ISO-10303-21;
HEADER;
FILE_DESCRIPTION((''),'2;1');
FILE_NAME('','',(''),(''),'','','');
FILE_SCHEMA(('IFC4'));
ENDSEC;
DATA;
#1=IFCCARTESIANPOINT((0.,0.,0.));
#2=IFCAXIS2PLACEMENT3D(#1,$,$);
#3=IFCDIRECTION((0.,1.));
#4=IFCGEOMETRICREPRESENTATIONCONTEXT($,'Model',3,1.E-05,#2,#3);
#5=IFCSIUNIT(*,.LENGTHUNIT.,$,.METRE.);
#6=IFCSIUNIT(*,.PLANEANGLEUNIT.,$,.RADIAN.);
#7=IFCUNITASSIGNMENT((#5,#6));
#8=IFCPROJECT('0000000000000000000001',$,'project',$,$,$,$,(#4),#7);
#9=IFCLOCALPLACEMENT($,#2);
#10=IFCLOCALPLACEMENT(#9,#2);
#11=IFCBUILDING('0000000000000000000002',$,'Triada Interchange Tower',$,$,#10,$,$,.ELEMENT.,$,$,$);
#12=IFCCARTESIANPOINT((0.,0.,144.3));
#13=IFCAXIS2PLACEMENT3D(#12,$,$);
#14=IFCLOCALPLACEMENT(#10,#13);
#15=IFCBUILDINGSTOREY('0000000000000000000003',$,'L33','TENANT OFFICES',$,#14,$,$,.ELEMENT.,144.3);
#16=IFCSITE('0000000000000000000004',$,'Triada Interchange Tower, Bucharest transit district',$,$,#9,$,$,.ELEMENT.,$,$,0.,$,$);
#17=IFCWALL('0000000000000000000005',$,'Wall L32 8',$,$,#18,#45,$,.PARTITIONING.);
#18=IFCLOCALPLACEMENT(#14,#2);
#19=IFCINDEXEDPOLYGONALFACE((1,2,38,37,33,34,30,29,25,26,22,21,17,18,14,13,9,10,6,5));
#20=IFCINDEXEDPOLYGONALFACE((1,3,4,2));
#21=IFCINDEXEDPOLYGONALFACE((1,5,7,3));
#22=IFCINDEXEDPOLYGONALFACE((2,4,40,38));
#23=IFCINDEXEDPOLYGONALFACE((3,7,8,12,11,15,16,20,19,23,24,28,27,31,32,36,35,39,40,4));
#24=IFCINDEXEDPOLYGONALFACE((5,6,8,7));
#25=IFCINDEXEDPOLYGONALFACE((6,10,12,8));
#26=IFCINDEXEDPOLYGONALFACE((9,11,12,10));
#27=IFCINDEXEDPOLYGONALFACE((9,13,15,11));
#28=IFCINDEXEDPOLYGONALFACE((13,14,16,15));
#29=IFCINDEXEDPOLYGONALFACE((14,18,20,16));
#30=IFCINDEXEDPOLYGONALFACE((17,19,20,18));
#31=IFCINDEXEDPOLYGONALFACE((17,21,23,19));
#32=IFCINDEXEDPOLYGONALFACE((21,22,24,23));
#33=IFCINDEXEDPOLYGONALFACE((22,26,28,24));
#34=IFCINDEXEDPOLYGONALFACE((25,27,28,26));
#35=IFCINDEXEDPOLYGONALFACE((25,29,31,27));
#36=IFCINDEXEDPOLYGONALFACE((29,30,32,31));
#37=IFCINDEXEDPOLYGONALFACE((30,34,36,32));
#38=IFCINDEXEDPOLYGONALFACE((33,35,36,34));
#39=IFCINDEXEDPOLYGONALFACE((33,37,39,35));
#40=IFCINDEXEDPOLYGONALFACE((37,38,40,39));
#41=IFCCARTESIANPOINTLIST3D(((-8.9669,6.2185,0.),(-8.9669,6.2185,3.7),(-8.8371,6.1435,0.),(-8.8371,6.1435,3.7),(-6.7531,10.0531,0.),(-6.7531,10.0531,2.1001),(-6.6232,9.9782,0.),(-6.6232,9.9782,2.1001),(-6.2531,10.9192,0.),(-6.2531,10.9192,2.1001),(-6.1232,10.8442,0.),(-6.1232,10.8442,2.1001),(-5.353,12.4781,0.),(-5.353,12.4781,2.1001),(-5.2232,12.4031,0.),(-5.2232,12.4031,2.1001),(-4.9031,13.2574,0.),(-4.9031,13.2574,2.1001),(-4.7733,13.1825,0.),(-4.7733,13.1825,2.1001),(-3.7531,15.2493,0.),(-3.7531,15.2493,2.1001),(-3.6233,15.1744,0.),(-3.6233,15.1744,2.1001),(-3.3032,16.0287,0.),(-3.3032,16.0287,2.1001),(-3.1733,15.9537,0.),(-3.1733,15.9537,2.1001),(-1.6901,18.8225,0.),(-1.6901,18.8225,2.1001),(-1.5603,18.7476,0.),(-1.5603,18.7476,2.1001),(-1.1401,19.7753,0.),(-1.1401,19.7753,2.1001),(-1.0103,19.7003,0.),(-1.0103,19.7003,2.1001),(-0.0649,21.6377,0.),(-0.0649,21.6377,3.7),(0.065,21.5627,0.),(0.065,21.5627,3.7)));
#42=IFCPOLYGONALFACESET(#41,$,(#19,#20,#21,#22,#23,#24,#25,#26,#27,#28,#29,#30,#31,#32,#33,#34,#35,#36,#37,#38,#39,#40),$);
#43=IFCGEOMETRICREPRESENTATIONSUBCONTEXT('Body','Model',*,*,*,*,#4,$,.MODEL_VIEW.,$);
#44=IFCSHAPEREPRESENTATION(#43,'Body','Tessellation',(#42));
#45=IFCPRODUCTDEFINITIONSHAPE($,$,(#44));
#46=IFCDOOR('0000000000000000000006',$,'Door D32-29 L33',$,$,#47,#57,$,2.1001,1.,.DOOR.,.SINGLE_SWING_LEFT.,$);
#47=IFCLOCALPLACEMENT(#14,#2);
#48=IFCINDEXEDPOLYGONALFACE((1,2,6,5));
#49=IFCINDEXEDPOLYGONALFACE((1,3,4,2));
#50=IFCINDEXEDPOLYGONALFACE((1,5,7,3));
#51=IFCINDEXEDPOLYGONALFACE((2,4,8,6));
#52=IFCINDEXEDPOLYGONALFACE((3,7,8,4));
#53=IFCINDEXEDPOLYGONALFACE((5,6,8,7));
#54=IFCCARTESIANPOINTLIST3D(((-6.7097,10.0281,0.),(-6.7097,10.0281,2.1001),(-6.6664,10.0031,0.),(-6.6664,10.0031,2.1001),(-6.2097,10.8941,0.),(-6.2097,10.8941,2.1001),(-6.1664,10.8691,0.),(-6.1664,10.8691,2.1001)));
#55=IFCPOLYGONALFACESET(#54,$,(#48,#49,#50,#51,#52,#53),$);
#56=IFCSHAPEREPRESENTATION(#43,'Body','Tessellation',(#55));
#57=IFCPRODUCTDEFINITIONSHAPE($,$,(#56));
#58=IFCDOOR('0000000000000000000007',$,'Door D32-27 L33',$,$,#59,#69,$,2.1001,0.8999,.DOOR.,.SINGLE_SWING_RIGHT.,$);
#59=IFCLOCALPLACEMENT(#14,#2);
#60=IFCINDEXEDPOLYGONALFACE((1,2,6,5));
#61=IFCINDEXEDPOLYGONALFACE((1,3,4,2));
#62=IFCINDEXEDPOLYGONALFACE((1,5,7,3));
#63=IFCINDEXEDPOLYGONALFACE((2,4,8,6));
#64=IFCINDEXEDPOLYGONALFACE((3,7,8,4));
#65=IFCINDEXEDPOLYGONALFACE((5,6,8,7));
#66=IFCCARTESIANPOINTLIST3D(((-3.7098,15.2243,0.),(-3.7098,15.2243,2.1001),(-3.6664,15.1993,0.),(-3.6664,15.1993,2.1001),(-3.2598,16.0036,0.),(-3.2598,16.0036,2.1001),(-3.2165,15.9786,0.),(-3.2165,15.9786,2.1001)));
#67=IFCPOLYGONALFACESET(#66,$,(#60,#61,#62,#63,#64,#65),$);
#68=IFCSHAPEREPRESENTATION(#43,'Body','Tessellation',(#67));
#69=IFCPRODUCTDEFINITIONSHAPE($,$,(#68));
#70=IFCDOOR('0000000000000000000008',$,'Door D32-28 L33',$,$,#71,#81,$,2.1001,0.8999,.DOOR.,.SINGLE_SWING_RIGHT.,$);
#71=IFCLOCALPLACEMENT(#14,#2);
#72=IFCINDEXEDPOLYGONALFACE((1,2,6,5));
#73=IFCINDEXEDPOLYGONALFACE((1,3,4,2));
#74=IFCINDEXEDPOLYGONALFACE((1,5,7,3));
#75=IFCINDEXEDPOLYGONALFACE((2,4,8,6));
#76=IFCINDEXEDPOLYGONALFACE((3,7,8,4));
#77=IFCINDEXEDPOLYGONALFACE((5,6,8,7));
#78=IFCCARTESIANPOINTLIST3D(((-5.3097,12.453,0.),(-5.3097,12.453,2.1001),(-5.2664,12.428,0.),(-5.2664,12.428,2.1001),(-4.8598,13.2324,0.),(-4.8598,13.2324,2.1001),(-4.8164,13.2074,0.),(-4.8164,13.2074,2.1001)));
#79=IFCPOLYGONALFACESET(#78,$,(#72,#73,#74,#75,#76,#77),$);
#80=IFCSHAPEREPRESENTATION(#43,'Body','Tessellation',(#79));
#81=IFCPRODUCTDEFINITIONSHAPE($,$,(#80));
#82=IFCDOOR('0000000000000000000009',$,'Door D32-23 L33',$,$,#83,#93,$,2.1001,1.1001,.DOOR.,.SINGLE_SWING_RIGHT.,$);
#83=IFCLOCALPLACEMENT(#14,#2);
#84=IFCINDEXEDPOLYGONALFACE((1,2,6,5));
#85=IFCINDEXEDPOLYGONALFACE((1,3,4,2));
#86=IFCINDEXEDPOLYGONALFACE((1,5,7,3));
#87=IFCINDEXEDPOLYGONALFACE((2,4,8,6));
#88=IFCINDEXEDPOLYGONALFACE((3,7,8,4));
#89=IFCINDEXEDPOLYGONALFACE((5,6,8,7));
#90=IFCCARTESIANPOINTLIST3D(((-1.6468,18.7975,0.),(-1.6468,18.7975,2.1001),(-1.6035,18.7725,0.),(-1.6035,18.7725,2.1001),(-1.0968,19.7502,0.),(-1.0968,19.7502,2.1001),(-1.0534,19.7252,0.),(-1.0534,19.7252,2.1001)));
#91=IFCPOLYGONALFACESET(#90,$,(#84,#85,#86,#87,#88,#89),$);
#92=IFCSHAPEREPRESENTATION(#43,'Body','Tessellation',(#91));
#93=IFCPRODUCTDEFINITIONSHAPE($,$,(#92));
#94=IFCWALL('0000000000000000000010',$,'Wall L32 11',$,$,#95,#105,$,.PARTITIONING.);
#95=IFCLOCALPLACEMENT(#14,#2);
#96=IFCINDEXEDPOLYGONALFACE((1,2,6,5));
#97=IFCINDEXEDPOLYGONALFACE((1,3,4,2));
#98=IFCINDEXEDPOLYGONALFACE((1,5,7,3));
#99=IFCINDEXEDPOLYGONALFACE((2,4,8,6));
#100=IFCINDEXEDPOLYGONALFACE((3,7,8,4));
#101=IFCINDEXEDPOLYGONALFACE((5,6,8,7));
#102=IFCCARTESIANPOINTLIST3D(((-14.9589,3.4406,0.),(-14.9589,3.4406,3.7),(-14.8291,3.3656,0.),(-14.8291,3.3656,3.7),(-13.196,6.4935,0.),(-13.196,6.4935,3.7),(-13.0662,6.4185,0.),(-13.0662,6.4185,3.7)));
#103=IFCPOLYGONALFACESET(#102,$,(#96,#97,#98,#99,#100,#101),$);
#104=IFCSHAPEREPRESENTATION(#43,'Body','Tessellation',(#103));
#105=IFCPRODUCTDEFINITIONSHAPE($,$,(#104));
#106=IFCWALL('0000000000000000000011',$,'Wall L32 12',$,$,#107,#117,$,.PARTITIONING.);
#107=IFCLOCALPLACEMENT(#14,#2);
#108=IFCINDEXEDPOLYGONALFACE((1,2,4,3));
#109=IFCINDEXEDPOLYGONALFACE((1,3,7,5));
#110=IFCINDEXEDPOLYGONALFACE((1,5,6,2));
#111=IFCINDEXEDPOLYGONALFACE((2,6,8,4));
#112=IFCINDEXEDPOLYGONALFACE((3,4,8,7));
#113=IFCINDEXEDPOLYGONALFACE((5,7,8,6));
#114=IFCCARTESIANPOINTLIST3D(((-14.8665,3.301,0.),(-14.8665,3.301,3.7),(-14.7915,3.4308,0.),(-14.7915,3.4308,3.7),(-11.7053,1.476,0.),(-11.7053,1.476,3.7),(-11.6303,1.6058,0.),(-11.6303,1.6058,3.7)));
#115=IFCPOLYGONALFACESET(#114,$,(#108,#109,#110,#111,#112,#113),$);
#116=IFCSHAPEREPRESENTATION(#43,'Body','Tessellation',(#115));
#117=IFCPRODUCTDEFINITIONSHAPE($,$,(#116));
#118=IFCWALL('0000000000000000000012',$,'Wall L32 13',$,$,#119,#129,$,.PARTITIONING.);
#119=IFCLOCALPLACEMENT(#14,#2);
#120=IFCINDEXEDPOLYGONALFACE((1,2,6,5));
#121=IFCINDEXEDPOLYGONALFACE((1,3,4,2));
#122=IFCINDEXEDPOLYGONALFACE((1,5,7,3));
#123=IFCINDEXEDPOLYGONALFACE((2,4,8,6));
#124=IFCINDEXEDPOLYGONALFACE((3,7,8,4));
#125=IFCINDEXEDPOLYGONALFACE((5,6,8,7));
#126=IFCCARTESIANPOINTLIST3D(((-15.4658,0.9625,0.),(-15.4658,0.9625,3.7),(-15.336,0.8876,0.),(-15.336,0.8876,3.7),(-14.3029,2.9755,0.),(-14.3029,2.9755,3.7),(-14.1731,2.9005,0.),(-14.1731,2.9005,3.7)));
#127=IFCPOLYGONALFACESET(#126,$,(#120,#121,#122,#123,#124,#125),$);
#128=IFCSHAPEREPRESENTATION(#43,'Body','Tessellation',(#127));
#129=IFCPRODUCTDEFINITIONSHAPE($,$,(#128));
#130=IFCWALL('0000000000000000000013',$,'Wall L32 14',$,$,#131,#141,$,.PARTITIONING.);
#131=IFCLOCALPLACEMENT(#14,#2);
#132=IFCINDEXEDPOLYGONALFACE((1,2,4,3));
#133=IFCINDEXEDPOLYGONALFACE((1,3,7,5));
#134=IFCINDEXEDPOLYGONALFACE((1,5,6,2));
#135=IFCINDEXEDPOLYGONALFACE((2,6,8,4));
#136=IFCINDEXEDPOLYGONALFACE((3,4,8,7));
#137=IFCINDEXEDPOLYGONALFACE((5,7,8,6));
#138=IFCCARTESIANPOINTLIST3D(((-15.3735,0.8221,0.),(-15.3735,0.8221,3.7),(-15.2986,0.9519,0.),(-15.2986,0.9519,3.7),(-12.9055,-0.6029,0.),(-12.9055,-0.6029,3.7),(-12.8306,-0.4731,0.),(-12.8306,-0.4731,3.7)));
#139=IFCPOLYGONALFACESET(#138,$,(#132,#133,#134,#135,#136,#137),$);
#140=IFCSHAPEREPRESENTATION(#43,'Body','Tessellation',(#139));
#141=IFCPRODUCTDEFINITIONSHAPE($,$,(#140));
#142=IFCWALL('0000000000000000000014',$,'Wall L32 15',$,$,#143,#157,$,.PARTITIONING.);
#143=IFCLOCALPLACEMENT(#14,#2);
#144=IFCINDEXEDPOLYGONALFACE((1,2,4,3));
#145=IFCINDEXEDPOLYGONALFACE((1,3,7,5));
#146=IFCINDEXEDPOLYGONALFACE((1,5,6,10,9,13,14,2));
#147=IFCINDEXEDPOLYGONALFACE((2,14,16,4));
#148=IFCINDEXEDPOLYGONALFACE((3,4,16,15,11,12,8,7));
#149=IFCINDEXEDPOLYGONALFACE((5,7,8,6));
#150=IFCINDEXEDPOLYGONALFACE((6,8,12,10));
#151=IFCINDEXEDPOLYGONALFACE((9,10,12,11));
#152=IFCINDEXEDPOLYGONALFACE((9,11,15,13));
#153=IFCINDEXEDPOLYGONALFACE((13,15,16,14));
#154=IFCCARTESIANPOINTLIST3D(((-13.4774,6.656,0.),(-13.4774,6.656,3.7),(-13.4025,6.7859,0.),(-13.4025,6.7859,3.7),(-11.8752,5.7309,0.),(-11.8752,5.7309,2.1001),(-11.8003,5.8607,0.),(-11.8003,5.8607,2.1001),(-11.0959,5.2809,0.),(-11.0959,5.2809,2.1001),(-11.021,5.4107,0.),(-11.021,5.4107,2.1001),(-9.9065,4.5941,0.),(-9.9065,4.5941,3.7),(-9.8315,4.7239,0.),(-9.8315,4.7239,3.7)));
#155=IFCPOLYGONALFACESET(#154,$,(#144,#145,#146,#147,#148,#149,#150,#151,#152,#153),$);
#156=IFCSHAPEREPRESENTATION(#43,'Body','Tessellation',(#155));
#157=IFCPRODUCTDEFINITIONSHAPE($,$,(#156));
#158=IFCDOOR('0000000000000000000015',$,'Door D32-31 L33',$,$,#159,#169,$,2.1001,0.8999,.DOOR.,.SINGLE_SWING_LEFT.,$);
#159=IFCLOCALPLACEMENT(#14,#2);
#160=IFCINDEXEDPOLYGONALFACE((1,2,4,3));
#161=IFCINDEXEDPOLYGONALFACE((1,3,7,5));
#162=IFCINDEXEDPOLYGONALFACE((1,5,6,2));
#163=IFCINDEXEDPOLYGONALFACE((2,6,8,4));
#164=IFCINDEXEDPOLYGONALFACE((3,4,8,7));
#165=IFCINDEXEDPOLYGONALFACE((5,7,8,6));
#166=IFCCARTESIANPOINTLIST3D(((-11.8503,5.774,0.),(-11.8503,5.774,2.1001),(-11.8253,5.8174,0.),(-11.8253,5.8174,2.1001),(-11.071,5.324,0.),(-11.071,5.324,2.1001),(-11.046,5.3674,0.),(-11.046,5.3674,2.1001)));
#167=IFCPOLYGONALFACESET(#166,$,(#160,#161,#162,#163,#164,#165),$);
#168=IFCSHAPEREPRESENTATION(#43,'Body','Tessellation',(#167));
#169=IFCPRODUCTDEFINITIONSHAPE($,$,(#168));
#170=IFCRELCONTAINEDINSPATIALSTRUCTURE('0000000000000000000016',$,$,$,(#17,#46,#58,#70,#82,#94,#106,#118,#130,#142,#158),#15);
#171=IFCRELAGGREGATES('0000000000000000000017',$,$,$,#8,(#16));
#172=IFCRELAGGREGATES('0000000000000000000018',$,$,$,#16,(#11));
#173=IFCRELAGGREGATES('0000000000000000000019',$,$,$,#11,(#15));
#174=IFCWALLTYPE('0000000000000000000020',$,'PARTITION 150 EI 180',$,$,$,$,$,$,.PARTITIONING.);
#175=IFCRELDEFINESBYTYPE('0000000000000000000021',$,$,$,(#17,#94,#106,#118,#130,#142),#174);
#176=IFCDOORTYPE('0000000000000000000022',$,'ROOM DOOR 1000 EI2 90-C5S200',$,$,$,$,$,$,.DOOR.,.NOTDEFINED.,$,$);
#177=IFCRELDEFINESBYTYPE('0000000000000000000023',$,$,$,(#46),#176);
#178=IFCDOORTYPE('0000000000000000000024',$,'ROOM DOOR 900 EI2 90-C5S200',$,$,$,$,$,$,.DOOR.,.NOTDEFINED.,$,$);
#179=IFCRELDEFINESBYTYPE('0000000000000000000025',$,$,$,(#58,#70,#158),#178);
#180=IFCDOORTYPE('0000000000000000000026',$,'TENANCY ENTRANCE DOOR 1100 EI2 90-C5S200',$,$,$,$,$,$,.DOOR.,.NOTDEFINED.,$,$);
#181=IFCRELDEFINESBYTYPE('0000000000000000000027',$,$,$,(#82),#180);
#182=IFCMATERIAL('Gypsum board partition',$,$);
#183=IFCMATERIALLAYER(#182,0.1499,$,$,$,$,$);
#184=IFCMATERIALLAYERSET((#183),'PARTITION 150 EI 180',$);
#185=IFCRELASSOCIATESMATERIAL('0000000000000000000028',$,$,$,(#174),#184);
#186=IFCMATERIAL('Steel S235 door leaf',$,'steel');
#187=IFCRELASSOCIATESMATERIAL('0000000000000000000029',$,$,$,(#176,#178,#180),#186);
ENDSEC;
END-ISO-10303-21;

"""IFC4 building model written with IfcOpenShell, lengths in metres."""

from ifc_helpers import new_model, si_unit, direction, frame, frame_2d, origin, place, context, subcontext, project, spatial, rectangle, extrude, material, layer, layer_set, type_object, element, fill, save


model = new_model("IFC4")

# Units and contexts
model_context = context("Model", 3, precision=1e-05, world=origin(), true_north=direction((0.0, 1.0)))
body_context = subcontext(model_context, "Body", "Model", "MODEL_VIEW")
ifc_project = project(units=[si_unit("LENGTHUNIT", "METRE"), si_unit("PLANEANGLEUNIT", "RADIAN")], contexts=[model_context])

# Site, building, storey
site_placement = place(None, origin())
site = spatial("IfcSite", under=ifc_project, at=site_placement, Name="Triada Interchange Tower, Bucharest transit district", CompositionType="ELEMENT", RefElevation=0.0)
building_placement = place(site_placement, origin())
building = spatial("IfcBuilding", under=site, at=building_placement, Name="Triada Interchange Tower", CompositionType="ELEMENT")
storey_placement = place(building_placement, frame((0.0, 0.0, 144.3)))
storey = spatial("IfcBuildingStorey", under=building, at=storey_placement, Name="L33", Description="TENANT OFFICES", CompositionType="ELEMENT", Elevation=144.3)

# Wall, openings, doors
ifc_material_1 = material(Name="Gypsum board partition")
ifc_layer_1 = layer(ifc_material_1, 0.1499)
ifc_layer_set_1 = layer_set([ifc_layer_1], Name="PARTITION 150 EI 180")
wall_type_1 = type_object("IfcWallType", Name="PARTITION 150 EI 180", PredefinedType="PARTITIONING", material=ifc_layer_set_1)
wall_1_placement = place(storey_placement, frame((-8.9021, 6.1809, 0.0), z_axis=(0.0, 0.0, 1.0), x_axis=(0.499993, 0.86603, 0.0)))
wall_1 = element("IfcWall", 1, at=wall_1_placement, inside=storey, type_object=wall_type_1, Name="Wall L32 8", PredefinedType="PARTITIONING", context=body_context, shape_type="SweptSolid", body=[
    extrude(rectangle(XDim=17.8044, YDim=0.1499, at=frame_2d((8.9023, 0.0))), origin(), (0.0, 0.0, 1.0), 3.7),
])
opening_1_placement = place(wall_1_placement, frame((14.554, 0.0, 0.0)))
opening_1 = element("IfcOpeningElement", 2, at=opening_1_placement, cuts=wall_1, PredefinedType="OPENING", context=body_context, shape_type="SweptSolid", body=[
    extrude(rectangle(XDim=1.1001, YDim=2.1001, at=frame_2d((0.55, 1.05))), frame((0.0, 0.085, 0.0), z_axis=(0.0, -1.0, 0.0), x_axis=(1.0, 0.0, 0.0)), (0.0, 0.0, 1.0), 0.1699),
])
opening_2_placement = place(wall_1_placement, frame((10.428, 0.0, 0.0)))
opening_2 = element("IfcOpeningElement", 3, at=opening_2_placement, cuts=wall_1, PredefinedType="OPENING", context=body_context, shape_type="SweptSolid", body=[
    extrude(rectangle(XDim=0.8999, YDim=2.1001, at=frame_2d((0.45, 1.05))), frame((0.0, 0.085, 0.0), z_axis=(0.0, -1.0, 0.0), x_axis=(1.0, 0.0, 0.0)), (0.0, 0.0, 1.0), 0.1699),
])
opening_3_placement = place(wall_1_placement, frame((7.228, 0.0, 0.0)))
opening_3 = element("IfcOpeningElement", 4, at=opening_3_placement, cuts=wall_1, PredefinedType="OPENING", context=body_context, shape_type="SweptSolid", body=[
    extrude(rectangle(XDim=0.8999, YDim=2.1001, at=frame_2d((0.45, 1.05))), frame((0.0, 0.085, 0.0), z_axis=(0.0, -1.0, 0.0), x_axis=(1.0, 0.0, 0.0)), (0.0, 0.0, 1.0), 0.1699),
])
opening_4_placement = place(wall_1_placement, frame((4.428, 0.0, 0.0)))
opening_4 = element("IfcOpeningElement", 5, at=opening_4_placement, cuts=wall_1, PredefinedType="OPENING", context=body_context, shape_type="SweptSolid", body=[
    extrude(rectangle(XDim=1.0, YDim=2.1001, at=frame_2d((0.5, 1.05))), frame((0.0, 0.085, 0.0), z_axis=(0.0, -1.0, 0.0), x_axis=(1.0, 0.0, 0.0)), (0.0, 0.0, 1.0), 0.1699),
])
ifc_material_2 = material(Name="Steel S235 door leaf", Category="steel")
door_type_1 = type_object("IfcDoorType", Name="ROOM DOOR 1000 EI2 90-C5S200", OperationType="NOTDEFINED", PredefinedType="DOOR", material=ifc_material_2)
door_1_placement = place(opening_4_placement, origin())
door_1 = element("IfcDoor", 6, at=door_1_placement, inside=storey, type_object=door_type_1, Name="Door D32-29 L33", OperationType="SINGLE_SWING_LEFT", OverallHeight=2.1001, OverallWidth=1.0, PredefinedType="DOOR", context=body_context, shape_type="SweptSolid", body=[
    extrude(rectangle(XDim=1.0, YDim=2.1001, at=frame_2d((0.5, 1.05))), frame((0.0, 0.0249, 0.0), z_axis=(0.0, -1.0, 0.0), x_axis=(1.0, 0.0, 0.0)), (0.0, 0.0, 1.0), 0.05),
])
fill(opening_4, door_1)
door_type_2 = type_object("IfcDoorType", Name="ROOM DOOR 900 EI2 90-C5S200", OperationType="NOTDEFINED", PredefinedType="DOOR", material=ifc_material_2)
door_2_placement = place(opening_2_placement, origin())
door_2 = element("IfcDoor", 7, at=door_2_placement, inside=storey, type_object=door_type_2, Name="Door D32-27 L33", OperationType="SINGLE_SWING_RIGHT", OverallHeight=2.1001, OverallWidth=0.8999, PredefinedType="DOOR", context=body_context, shape_type="SweptSolid", body=[
    extrude(rectangle(XDim=0.8999, YDim=2.1001, at=frame_2d((0.45, 1.05))), frame((0.0, 0.0249, 0.0), z_axis=(0.0, -1.0, 0.0), x_axis=(1.0, 0.0, 0.0)), (0.0, 0.0, 1.0), 0.05),
])
fill(opening_2, door_2)
door_3_placement = place(opening_3_placement, origin())
door_3 = element("IfcDoor", 8, at=door_3_placement, inside=storey, type_object=door_type_2, Name="Door D32-28 L33", OperationType="SINGLE_SWING_RIGHT", OverallHeight=2.1001, OverallWidth=0.8999, PredefinedType="DOOR", context=body_context, shape_type="SweptSolid", body=[
    extrude(rectangle(XDim=0.8999, YDim=2.1001, at=frame_2d((0.45, 1.05))), frame((0.0, 0.0249, 0.0), z_axis=(0.0, -1.0, 0.0), x_axis=(1.0, 0.0, 0.0)), (0.0, 0.0, 1.0), 0.05),
])
fill(opening_3, door_3)
door_type_3 = type_object("IfcDoorType", Name="TENANCY ENTRANCE DOOR 1100 EI2 90-C5S200", OperationType="NOTDEFINED", PredefinedType="DOOR", material=ifc_material_2)
door_4_placement = place(opening_1_placement, origin())
door_4 = element("IfcDoor", 9, at=door_4_placement, inside=storey, type_object=door_type_3, Name="Door D32-23 L33", OperationType="SINGLE_SWING_RIGHT", OverallHeight=2.1001, OverallWidth=1.1001, PredefinedType="DOOR", context=body_context, shape_type="SweptSolid", body=[
    extrude(rectangle(XDim=1.1001, YDim=2.1001, at=frame_2d((0.55, 1.05))), frame((0.0, 0.0249, 0.0), z_axis=(0.0, -1.0, 0.0), x_axis=(1.0, 0.0, 0.0)), (0.0, 0.0, 1.0), 0.05),
])
fill(opening_1, door_4)

# Walls
wall_2_placement = place(storey_placement, frame((-14.894, 3.4031, 0.0), z_axis=(0.0, 0.0, 1.0), x_axis=(0.500064, 0.865988, 0.0)))
element("IfcWall", 10, at=wall_2_placement, inside=storey, type_object=wall_type_1, Name="Wall L32 11", PredefinedType="PARTITIONING", context=body_context, shape_type="SweptSolid", body=[
    extrude(rectangle(XDim=3.5254, YDim=0.1499, at=frame_2d((1.7627, 0.0))), origin(), (0.0, 0.0, 1.0), 3.7),
])
wall_3_placement = place(storey_placement, frame((-14.8291, 3.366, 0.0), z_axis=(0.0, 0.0, 1.0), x_axis=(0.866041, -0.499973, 0.0)))
element("IfcWall", 11, at=wall_3_placement, inside=storey, type_object=wall_type_1, Name="Wall L32 12", PredefinedType="PARTITIONING", context=body_context, shape_type="SweptSolid", body=[
    extrude(rectangle(XDim=3.6501, YDim=0.1499, at=frame_2d((1.8252, 0.0))), origin(), (0.0, 0.0, 1.0), 3.7),
])
wall_4_placement = place(storey_placement, frame((-15.4009, 0.925, 0.0), z_axis=(0.0, 0.0, 1.0), x_axis=(0.500216, 0.8659, 0.0)))
element("IfcWall", 12, at=wall_4_placement, inside=storey, type_object=wall_type_1, Name="Wall L32 13", PredefinedType="PARTITIONING", context=body_context, shape_type="SweptSolid", body=[
    extrude(rectangle(XDim=2.3247, YDim=0.1499, at=frame_2d((1.1624, 0.0))), origin(), (0.0, 0.0, 1.0), 3.7),
])
wall_5_placement = place(storey_placement, frame((-15.3359, 0.887, 0.0), z_axis=(0.0, 0.0, 1.0), x_axis=(0.866004, -0.500036, 0.0)))
element("IfcWall", 13, at=wall_5_placement, inside=storey, type_object=wall_type_1, Name="Wall L32 14", PredefinedType="PARTITIONING", context=body_context, shape_type="SweptSolid", body=[
    extrude(rectangle(XDim=2.8499, YDim=0.1499, at=frame_2d((1.4248, 0.0))), origin(), (0.0, 0.0, 1.0), 3.7),
])

# Wall, opening, door
wall_6_placement = place(storey_placement, frame((-13.4399, 6.7209, 0.0), z_axis=(0.0, 0.0, 1.0), x_axis=(0.865997, -0.500049, 0.0)))
wall_6 = element("IfcWall", 14, at=wall_6_placement, inside=storey, type_object=wall_type_1, Name="Wall L32 15", PredefinedType="PARTITIONING", context=body_context, shape_type="SweptSolid", body=[
    extrude(rectangle(XDim=4.1235, YDim=0.1499, at=frame_2d((2.0618, 0.0))), origin(), (0.0, 0.0, 1.0), 3.7),
])
opening_5_placement = place(wall_6_placement, frame((1.8501, 0.0, 0.0)))
opening_5 = element("IfcOpeningElement", 15, at=opening_5_placement, cuts=wall_6, PredefinedType="OPENING", context=body_context, shape_type="SweptSolid", body=[
    extrude(rectangle(XDim=0.8999, YDim=2.1001, at=frame_2d((0.45, 1.05))), frame((0.0, 0.085, 0.0), z_axis=(0.0, -1.0, 0.0), x_axis=(1.0, 0.0, 0.0)), (0.0, 0.0, 1.0), 0.1699),
])
door_5_placement = place(opening_5_placement, origin())
door_5 = element("IfcDoor", 16, at=door_5_placement, inside=storey, type_object=door_type_2, Name="Door D32-31 L33", OperationType="SINGLE_SWING_LEFT", OverallHeight=2.1001, OverallWidth=0.8999, PredefinedType="DOOR", context=body_context, shape_type="SweptSolid", body=[
    extrude(rectangle(XDim=0.8999, YDim=2.1001, at=frame_2d((0.45, 1.05))), frame((0.0, 0.0249, 0.0), z_axis=(0.0, -1.0, 0.0), x_axis=(1.0, 0.0, 0.0)), (0.0, 0.0, 1.0), 0.05),
])
fill(opening_5, door_5)

save(model, "model.ifc")
